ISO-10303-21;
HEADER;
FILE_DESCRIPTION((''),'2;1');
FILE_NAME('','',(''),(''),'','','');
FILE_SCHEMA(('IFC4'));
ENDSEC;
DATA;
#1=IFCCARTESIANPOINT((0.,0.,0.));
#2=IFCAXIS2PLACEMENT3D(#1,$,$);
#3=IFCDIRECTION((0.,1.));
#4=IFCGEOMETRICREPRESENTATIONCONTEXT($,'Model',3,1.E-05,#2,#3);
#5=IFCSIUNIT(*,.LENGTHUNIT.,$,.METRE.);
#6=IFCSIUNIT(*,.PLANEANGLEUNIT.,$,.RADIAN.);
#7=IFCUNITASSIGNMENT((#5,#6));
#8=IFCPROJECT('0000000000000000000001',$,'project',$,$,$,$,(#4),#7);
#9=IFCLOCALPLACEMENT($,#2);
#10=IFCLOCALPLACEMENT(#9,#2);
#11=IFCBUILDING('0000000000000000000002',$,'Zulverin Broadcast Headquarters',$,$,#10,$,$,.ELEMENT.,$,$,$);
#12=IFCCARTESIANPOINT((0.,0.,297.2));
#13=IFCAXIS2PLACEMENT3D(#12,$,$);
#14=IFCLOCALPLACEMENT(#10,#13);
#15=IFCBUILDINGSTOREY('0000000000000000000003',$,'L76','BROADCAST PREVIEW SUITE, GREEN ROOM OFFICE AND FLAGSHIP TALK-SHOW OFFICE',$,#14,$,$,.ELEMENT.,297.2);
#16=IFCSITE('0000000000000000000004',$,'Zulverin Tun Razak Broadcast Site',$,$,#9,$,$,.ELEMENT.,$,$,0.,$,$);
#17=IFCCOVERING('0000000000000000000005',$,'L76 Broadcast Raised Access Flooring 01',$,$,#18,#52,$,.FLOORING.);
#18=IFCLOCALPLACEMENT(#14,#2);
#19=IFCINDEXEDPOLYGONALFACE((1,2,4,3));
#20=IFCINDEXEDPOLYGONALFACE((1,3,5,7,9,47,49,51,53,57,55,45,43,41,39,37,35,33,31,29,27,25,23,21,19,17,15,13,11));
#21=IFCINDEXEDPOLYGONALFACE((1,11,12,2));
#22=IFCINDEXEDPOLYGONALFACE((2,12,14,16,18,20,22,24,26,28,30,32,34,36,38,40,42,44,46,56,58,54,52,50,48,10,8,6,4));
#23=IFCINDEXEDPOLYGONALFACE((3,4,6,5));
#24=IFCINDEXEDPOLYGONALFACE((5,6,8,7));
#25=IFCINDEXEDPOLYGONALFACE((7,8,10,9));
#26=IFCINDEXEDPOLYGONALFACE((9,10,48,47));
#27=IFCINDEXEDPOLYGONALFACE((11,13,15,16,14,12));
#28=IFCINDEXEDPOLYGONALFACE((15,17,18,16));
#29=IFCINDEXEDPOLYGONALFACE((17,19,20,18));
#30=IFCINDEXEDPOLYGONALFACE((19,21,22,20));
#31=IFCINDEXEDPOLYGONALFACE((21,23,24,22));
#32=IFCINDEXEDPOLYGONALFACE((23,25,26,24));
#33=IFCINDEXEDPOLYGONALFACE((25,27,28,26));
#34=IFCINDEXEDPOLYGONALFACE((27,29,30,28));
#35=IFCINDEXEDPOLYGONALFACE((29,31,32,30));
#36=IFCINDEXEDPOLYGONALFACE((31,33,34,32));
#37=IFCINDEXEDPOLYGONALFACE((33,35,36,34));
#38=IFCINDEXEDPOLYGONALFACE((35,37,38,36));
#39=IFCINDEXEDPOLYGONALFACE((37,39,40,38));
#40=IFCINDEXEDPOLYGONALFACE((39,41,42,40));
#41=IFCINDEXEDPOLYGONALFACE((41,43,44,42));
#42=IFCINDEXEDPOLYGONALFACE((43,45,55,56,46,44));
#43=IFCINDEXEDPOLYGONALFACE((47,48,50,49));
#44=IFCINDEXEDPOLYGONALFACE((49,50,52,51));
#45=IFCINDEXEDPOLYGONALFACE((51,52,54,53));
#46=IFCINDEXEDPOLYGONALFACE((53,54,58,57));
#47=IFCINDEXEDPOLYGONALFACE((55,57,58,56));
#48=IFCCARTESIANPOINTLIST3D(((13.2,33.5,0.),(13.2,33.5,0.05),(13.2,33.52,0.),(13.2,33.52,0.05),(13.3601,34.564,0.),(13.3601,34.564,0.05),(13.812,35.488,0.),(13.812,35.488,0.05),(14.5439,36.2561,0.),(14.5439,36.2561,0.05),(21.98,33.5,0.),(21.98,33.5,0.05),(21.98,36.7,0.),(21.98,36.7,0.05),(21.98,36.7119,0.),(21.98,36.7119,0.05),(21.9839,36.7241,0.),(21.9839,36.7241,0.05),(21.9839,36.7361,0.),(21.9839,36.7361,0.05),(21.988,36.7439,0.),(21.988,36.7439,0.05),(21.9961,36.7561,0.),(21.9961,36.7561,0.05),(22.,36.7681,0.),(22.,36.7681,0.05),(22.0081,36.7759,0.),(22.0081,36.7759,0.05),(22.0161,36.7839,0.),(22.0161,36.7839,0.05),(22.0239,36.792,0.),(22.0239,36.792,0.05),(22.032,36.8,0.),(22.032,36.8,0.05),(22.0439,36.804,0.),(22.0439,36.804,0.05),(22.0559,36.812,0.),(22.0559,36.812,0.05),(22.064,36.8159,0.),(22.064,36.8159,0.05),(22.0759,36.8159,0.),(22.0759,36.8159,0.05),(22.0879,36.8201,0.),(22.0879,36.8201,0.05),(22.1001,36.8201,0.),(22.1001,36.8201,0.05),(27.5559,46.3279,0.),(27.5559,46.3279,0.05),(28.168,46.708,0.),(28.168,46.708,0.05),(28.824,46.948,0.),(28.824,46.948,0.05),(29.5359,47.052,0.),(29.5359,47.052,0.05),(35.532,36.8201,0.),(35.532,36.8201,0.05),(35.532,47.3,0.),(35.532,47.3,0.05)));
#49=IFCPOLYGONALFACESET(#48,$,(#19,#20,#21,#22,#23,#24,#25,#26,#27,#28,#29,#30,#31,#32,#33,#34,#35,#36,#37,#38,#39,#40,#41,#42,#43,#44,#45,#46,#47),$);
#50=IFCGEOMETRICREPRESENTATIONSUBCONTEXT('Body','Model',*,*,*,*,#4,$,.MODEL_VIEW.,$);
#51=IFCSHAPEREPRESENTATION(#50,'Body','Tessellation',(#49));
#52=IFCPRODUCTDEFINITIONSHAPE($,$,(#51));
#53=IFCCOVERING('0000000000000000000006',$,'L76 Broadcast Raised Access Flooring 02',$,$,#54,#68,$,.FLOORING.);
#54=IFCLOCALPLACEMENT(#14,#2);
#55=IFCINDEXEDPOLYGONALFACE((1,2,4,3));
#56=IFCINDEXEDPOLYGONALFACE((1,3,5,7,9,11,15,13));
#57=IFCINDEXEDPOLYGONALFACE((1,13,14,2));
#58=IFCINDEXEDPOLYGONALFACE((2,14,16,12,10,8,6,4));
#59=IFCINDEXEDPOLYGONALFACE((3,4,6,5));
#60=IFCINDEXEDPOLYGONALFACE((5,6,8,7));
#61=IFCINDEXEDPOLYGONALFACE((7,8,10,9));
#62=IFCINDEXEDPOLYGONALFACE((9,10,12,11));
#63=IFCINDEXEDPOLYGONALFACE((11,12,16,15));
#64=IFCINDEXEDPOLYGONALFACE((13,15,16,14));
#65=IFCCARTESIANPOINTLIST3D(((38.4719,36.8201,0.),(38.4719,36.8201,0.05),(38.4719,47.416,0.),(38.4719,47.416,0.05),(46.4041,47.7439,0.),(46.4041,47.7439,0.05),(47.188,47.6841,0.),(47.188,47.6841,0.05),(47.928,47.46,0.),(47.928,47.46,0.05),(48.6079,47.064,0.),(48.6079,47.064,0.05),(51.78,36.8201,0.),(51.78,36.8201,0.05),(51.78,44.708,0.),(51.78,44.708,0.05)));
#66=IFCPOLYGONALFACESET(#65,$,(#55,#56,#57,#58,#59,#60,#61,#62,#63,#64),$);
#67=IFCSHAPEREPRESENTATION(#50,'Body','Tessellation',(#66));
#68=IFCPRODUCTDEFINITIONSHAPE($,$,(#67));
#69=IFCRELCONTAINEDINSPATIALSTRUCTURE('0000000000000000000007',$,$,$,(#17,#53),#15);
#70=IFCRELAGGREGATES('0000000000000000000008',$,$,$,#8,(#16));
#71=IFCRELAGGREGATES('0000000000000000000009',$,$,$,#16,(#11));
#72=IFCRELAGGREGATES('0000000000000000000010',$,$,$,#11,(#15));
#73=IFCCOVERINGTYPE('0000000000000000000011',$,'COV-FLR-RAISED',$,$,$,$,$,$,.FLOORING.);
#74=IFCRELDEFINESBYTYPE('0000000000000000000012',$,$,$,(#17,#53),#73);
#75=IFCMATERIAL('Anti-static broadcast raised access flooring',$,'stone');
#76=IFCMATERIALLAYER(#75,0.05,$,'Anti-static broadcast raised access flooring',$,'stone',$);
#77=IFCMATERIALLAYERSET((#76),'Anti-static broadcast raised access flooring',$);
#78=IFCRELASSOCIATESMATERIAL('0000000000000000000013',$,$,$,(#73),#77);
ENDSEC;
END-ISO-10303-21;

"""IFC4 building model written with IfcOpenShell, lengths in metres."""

from ifc_helpers import new_model, si_unit, direction, frame, origin, place, context, subcontext, project, spatial, polyline, outline, extrude, material, layer, layer_set, type_object, element, save


model = new_model("IFC4")

# Units and contexts
model_context = context("Model", 3, precision=1e-05, world=origin(), true_north=direction((0.0, 1.0)))
body_context = subcontext(model_context, "Body", "Model", "MODEL_VIEW")
ifc_project = project(units=[si_unit("LENGTHUNIT", "METRE"), si_unit("PLANEANGLEUNIT", "RADIAN")], contexts=[model_context])

# Site, building, storey
site_placement = place(None, origin())
site = spatial("IfcSite", under=ifc_project, at=site_placement, Name="Zulverin Tun Razak Broadcast Site", CompositionType="ELEMENT", RefElevation=0.0)
building_placement = place(site_placement, origin())
building = spatial("IfcBuilding", under=site, at=building_placement, Name="Zulverin Broadcast Headquarters", CompositionType="ELEMENT")
storey_placement = place(building_placement, frame((0.0, 0.0, 297.2)))
storey = spatial("IfcBuildingStorey", under=building, at=storey_placement, Name="L76", Description="BROADCAST PREVIEW SUITE, GREEN ROOM OFFICE AND FLAGSHIP TALK-SHOW OFFICE", CompositionType="ELEMENT", Elevation=297.2)

# Coverings
ifc_material_1 = material(Name="Anti-static broadcast raised access flooring", Category="stone")
ifc_layer_1 = layer(ifc_material_1, 0.05, Name="Anti-static broadcast raised access flooring", Category="stone")
ifc_layer_set_1 = layer_set([ifc_layer_1], Name="Anti-static broadcast raised access flooring")
covering_type_1 = type_object("IfcCoveringType", Name="COV-FLR-RAISED", PredefinedType="FLOORING", material=ifc_layer_set_1)
covering_1_placement = place(storey_placement, origin())
element("IfcCovering", 1, at=covering_1_placement, inside=storey, type_object=covering_type_1, Name="L76 Broadcast Raised Access Flooring 01", PredefinedType="FLOORING", context=body_context, shape_type="SweptSolid", body=[
    extrude(outline(polyline([(28.168, 46.708), (27.5559, 46.3279), (14.5439, 36.2561), (13.812, 35.488), (13.3601, 34.564), (13.2, 33.52), (13.2, 33.5), (21.98, 33.5), (21.98, 36.7), (21.98, 36.7119), (21.9839, 36.7241), (21.9839, 36.7361), (21.988, 36.7439), (21.9961, 36.7561), (22.0, 36.7681), (22.0081, 36.7759), (22.0161, 36.7839), (22.0239, 36.792), (22.032, 36.8), (22.0439, 36.804), (22.0559, 36.812), (22.064, 36.8159), (22.0759, 36.8159), (22.0879, 36.8201), (22.1001, 36.8201), (35.532, 36.8201), (35.532, 47.3), (29.5359, 47.052), (28.824, 46.948), (28.168, 46.708)])), origin(), (0.0, 0.0, 1.0), 0.05),
])
covering_2_placement = place(storey_placement, origin())
element("IfcCovering", 2, at=covering_2_placement, inside=storey, type_object=covering_type_1, Name="L76 Broadcast Raised Access Flooring 02", PredefinedType="FLOORING", context=body_context, shape_type="SweptSolid", body=[
    extrude(outline(polyline([(47.928, 47.46), (47.188, 47.6841), (46.4041, 47.7439), (38.4719, 47.416), (38.4719, 36.8201), (51.78, 36.8201), (51.78, 44.708), (48.6079, 47.064), (47.928, 47.46)])), origin(), (0.0, 0.0, 1.0), 0.05),
])

save(model, "model.ifc")
